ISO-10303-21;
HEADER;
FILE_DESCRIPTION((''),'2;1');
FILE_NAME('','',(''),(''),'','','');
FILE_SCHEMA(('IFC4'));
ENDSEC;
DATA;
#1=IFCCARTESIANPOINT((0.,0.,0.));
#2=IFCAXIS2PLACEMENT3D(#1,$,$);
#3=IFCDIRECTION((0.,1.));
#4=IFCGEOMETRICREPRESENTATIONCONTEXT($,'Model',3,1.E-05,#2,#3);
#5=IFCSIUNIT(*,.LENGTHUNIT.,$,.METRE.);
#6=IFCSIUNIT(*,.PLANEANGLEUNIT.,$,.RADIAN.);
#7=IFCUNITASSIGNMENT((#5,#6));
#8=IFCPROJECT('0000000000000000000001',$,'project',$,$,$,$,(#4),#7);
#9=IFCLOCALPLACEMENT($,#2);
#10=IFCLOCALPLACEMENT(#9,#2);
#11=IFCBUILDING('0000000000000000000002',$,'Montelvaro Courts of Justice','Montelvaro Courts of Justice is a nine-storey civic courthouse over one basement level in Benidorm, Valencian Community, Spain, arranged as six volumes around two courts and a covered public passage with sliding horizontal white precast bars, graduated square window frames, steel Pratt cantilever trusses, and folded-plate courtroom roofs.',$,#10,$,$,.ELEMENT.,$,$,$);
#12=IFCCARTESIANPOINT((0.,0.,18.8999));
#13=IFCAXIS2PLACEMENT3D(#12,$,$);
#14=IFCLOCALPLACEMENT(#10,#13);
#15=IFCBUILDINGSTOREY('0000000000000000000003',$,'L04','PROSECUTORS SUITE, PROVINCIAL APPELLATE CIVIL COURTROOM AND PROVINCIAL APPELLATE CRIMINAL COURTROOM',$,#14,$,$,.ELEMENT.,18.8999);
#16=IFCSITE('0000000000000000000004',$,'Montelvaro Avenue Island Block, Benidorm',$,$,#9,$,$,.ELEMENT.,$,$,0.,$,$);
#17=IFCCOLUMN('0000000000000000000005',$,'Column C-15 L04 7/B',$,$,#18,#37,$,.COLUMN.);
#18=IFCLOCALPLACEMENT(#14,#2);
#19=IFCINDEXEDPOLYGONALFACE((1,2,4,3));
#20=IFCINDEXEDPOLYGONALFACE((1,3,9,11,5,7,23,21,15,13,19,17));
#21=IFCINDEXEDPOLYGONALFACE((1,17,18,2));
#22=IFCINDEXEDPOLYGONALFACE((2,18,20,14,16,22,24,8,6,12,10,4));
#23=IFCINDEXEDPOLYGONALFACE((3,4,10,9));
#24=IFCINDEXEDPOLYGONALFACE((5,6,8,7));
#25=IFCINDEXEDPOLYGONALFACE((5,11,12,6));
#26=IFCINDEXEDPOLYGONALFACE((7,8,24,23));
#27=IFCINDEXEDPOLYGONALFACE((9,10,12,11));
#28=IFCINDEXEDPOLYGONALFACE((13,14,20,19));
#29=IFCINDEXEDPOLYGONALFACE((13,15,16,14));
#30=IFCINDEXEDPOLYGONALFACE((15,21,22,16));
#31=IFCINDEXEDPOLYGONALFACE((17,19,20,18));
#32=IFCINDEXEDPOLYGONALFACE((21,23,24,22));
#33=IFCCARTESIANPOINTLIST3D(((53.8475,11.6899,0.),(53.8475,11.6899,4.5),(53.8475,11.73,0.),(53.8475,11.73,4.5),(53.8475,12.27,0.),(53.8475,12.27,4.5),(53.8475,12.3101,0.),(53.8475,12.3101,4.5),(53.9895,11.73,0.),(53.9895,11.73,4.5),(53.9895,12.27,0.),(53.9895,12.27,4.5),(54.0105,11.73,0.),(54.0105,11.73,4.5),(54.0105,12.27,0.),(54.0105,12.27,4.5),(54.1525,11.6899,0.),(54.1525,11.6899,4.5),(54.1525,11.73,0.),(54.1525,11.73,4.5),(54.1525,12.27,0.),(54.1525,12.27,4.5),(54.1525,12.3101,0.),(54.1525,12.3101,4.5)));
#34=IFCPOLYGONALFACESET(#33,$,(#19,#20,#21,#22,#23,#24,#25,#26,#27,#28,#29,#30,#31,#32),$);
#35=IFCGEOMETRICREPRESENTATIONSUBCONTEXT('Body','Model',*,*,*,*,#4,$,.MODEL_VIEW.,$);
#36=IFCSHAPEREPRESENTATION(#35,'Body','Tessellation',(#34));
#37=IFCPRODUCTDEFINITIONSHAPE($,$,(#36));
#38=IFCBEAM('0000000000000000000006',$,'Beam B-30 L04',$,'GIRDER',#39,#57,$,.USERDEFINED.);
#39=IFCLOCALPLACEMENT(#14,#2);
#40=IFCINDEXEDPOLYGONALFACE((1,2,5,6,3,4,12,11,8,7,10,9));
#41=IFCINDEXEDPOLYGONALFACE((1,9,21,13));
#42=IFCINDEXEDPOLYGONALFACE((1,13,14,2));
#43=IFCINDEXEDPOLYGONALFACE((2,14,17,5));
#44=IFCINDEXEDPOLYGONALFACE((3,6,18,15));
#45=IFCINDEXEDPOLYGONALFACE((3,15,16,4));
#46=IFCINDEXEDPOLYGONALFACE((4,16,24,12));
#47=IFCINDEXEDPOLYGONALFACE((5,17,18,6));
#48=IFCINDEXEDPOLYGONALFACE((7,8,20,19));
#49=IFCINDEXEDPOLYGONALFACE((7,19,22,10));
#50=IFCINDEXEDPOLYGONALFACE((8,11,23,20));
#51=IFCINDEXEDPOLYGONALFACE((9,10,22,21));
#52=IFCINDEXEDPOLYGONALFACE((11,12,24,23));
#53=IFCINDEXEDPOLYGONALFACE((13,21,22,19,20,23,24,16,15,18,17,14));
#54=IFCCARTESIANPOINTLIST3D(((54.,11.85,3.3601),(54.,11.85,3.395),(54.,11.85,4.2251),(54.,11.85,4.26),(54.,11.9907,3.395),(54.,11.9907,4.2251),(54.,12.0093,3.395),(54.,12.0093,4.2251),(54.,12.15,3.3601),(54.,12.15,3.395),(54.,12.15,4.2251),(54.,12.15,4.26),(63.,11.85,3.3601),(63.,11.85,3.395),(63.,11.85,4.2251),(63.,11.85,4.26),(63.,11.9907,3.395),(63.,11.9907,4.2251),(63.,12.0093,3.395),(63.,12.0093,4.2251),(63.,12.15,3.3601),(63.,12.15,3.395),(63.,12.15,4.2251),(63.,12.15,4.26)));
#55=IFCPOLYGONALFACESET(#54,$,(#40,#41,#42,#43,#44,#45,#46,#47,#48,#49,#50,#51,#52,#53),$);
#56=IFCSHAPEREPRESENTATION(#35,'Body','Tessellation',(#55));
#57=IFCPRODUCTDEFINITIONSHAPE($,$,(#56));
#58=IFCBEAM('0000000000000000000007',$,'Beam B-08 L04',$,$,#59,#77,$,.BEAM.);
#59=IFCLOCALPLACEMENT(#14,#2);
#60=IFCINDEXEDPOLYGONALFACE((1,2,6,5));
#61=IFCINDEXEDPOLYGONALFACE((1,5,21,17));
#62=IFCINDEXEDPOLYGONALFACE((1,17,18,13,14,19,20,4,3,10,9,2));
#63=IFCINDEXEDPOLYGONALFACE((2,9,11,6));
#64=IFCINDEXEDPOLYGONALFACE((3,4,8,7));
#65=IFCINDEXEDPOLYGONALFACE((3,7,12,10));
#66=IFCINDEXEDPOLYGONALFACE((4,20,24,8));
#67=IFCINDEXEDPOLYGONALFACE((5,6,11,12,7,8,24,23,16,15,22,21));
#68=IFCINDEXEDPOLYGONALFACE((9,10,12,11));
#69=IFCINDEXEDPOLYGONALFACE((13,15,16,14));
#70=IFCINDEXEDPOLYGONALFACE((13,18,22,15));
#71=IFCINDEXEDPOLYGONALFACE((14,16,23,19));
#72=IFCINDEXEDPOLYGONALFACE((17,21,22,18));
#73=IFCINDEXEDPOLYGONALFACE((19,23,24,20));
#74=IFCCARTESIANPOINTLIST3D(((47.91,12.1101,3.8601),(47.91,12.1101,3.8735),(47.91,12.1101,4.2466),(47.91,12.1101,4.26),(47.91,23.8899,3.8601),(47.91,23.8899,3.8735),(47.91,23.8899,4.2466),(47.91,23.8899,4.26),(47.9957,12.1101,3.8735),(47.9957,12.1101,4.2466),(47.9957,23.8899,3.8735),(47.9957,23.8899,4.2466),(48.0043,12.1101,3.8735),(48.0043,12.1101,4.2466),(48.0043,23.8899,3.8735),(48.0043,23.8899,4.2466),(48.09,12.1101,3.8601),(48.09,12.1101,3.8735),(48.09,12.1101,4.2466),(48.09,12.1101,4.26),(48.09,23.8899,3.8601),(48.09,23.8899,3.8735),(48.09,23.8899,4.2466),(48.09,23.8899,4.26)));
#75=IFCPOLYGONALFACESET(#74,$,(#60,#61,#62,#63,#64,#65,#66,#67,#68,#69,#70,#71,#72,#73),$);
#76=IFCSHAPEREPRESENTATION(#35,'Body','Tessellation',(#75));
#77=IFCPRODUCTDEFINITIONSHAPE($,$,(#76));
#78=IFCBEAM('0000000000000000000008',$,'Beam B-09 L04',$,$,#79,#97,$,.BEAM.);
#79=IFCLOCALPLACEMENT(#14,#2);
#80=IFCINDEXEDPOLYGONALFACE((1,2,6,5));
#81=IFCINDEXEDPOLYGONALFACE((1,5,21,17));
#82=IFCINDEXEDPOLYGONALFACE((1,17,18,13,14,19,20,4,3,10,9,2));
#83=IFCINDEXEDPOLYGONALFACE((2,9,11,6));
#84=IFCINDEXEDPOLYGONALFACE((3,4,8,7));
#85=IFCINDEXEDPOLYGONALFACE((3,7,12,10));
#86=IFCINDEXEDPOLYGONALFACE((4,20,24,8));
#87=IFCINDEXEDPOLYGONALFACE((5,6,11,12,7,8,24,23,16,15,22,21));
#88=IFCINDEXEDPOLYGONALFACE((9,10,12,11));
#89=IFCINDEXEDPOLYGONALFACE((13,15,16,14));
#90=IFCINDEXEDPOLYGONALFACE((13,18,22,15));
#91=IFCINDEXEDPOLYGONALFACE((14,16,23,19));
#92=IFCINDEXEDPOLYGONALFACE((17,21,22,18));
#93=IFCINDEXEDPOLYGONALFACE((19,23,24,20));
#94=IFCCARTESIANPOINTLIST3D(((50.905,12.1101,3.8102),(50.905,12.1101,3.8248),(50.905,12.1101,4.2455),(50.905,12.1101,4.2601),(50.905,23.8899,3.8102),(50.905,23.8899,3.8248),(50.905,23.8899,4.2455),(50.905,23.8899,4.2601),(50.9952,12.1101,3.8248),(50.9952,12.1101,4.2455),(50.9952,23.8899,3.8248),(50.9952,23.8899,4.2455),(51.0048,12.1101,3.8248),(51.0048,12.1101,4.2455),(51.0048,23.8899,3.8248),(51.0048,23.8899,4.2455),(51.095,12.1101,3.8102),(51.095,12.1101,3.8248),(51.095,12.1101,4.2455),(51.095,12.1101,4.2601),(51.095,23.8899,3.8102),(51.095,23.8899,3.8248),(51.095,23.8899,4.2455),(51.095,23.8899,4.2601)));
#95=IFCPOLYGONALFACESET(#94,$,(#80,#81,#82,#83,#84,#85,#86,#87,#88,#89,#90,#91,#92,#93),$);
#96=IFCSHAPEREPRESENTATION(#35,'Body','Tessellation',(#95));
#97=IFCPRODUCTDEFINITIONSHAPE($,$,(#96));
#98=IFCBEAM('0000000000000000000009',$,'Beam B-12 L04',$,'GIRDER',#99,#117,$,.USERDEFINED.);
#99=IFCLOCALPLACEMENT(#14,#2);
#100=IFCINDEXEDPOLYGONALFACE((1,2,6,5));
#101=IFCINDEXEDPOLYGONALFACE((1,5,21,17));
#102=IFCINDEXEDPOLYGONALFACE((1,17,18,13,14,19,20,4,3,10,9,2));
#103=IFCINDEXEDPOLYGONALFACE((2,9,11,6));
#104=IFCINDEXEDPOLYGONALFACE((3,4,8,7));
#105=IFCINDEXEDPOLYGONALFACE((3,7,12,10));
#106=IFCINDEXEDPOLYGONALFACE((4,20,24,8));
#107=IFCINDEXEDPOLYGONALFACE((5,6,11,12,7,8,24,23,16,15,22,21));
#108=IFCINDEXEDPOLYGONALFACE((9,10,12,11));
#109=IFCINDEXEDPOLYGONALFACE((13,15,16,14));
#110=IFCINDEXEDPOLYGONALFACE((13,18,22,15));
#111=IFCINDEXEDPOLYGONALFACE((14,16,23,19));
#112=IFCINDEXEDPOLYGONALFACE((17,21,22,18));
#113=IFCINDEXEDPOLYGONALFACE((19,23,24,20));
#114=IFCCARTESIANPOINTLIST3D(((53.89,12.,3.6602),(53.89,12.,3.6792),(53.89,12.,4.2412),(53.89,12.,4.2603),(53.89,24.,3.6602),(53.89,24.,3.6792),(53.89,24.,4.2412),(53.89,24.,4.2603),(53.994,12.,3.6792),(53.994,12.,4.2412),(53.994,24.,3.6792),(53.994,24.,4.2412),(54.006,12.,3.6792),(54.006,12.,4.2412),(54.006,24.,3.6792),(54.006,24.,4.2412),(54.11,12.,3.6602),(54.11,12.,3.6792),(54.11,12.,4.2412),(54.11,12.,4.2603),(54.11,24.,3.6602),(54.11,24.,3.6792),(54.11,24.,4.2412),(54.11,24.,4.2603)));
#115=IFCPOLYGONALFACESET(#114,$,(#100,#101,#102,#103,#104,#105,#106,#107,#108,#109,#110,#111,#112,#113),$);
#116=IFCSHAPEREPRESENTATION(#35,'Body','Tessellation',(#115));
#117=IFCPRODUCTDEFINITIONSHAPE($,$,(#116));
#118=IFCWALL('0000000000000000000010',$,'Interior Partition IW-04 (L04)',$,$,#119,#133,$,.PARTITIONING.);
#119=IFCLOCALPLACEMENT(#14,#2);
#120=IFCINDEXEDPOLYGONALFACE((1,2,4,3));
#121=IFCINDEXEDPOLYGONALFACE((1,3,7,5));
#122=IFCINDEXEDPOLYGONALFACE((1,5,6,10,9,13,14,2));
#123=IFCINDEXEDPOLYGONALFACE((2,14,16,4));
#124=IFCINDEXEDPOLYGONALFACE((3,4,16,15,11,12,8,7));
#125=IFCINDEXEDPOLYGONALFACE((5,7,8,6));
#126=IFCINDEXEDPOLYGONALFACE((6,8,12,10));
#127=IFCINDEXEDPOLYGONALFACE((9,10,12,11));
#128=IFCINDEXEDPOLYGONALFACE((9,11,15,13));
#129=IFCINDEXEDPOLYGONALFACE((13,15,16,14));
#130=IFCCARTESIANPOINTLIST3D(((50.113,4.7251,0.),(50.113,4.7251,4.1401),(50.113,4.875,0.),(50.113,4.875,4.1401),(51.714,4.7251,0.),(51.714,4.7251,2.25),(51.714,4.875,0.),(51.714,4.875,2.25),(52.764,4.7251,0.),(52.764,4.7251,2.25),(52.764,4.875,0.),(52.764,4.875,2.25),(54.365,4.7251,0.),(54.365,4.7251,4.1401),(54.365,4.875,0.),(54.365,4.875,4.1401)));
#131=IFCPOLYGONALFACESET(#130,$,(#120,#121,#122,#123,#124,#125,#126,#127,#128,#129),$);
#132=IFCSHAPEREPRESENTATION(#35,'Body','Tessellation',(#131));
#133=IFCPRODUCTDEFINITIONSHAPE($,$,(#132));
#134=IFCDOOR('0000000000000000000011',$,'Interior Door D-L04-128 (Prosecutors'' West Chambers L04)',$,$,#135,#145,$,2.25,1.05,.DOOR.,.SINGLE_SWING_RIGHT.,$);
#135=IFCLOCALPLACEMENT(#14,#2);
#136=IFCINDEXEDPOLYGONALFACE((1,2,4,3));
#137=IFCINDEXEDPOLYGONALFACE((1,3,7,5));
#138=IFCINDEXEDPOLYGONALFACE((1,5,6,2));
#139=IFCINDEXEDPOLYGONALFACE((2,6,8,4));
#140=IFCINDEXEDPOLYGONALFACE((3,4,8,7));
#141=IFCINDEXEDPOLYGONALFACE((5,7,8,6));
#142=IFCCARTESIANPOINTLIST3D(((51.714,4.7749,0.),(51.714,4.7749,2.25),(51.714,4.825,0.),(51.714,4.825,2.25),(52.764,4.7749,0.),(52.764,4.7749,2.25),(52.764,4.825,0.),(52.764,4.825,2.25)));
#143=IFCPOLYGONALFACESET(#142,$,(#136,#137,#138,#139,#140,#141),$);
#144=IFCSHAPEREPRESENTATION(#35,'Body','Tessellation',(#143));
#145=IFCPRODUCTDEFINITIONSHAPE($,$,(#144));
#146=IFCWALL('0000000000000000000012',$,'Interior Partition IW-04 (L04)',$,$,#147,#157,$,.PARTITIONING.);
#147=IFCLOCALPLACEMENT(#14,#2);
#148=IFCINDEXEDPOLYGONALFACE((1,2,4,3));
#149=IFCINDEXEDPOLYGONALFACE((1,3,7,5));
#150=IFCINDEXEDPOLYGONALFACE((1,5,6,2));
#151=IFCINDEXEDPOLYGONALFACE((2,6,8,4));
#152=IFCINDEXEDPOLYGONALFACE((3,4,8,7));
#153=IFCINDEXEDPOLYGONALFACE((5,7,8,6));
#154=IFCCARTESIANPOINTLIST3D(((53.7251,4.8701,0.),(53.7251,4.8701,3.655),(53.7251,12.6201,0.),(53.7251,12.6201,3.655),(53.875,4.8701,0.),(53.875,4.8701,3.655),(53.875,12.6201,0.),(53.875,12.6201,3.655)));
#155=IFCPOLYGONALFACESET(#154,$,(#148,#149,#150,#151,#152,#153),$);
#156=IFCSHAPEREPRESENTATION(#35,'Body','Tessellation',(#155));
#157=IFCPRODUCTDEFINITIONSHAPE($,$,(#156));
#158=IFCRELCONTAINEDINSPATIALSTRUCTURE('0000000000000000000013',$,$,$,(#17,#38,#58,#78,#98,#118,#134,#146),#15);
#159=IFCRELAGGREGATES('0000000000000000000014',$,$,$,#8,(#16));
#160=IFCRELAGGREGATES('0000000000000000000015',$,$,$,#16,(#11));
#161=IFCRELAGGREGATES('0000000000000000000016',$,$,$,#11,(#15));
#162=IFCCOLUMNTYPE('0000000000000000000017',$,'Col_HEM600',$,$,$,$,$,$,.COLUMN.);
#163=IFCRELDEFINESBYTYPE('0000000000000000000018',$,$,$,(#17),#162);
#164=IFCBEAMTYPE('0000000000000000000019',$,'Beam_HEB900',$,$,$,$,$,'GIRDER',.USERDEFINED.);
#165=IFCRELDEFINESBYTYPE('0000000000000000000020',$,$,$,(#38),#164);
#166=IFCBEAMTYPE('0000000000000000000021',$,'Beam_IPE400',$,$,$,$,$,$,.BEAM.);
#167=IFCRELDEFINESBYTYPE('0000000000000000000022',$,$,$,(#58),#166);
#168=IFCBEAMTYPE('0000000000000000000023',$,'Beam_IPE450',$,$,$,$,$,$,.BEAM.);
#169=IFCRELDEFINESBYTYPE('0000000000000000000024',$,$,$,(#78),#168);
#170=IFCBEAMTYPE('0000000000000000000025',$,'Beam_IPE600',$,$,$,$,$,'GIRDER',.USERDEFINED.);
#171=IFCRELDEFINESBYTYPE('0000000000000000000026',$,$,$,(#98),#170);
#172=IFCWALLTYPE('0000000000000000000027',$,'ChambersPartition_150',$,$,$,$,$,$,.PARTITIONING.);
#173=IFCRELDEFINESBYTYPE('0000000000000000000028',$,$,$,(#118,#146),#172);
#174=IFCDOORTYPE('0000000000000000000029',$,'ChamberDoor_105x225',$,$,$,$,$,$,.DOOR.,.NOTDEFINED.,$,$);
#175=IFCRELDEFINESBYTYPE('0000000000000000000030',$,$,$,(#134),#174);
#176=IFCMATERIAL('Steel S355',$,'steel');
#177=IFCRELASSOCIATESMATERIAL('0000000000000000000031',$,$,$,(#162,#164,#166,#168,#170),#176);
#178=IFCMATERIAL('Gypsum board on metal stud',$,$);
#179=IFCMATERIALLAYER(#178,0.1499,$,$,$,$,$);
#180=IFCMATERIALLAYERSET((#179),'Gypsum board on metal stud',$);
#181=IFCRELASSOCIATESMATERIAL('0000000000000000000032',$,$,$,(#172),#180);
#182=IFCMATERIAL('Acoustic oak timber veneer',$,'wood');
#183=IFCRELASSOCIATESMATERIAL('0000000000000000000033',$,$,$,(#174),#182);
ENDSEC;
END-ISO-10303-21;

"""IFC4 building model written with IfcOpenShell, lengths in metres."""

from ifc_helpers import new_model, si_unit, direction, frame, frame_2d, origin, origin_2d, place, context, subcontext, project, spatial, rectangle, i_section, extrude, material, layer, layer_set, material_profile, profile_set, type_object, element, fill, save


model = new_model("IFC4")

# Units and contexts
model_context = context("Model", 3, precision=1e-05, world=origin(), true_north=direction((0.0, 1.0)))
body_context = subcontext(model_context, "Body", "Model", "MODEL_VIEW")
ifc_project = project(units=[si_unit("LENGTHUNIT", "METRE"), si_unit("PLANEANGLEUNIT", "RADIAN")], contexts=[model_context])

# Site, building, storey
site_placement = place(None, origin())
site = spatial("IfcSite", under=ifc_project, at=site_placement, Name="Montelvaro Avenue Island Block, Benidorm", CompositionType="ELEMENT", RefElevation=0.0)
building_placement = place(site_placement, origin())
building = spatial("IfcBuilding", under=site, at=building_placement, Name="Montelvaro Courts of Justice", Description="Montelvaro Courts of Justice is a nine-storey civic courthouse over one basement level in Benidorm, Valencian Community, Spain, arranged as six volumes around two courts and a covered public passage with sliding horizontal white precast bars, graduated square window frames, steel Pratt cantilever trusses, and folded-plate courtroom roofs.", CompositionType="ELEMENT")
storey_placement = place(building_placement, frame((0.0, 0.0, 18.8999)))
storey = spatial("IfcBuildingStorey", under=building, at=storey_placement, Name="L04", Description="PROSECUTORS SUITE, PROVINCIAL APPELLATE CIVIL COURTROOM AND PROVINCIAL APPELLATE CRIMINAL COURTROOM", CompositionType="ELEMENT", Elevation=18.8999)

# Column
ifc_material_1 = material(Name="Steel S355", Category="steel")
ifc_material_profile_1 = material_profile(ifc_material_1, i_section(OverallWidth=0.3049, OverallDepth=0.6201, WebThickness=0.021, FlangeThickness=0.04, at=origin_2d()), Name="HEM 600")
ifc_profile_set_1 = profile_set([ifc_material_profile_1], Name="Steel S355")
column_type = type_object("IfcColumnType", Name="Col_HEM600", PredefinedType="COLUMN", material=ifc_profile_set_1)
column_placement = place(storey_placement, frame((54.0, 12.0, 0.0), z_axis=(0.0, 0.0, 1.0), x_axis=(1.0, 0.0, 0.0)))
element("IfcColumn", 1, at=column_placement, inside=storey, type_object=column_type, Name="Column C-15 L04 7/B", PredefinedType="COLUMN", context=body_context, shape_type="SweptSolid", body=[
    extrude(i_section(OverallWidth=0.3049, OverallDepth=0.6201, WebThickness=0.021, FlangeThickness=0.04, at=origin_2d()), origin(), (0.0, 0.0, 1.0), 4.5),
])

# Beams
ifc_material_profile_2 = material_profile(ifc_material_1, i_section(OverallWidth=0.3, OverallDepth=0.8999, WebThickness=0.0186, FlangeThickness=0.0349, at=origin_2d()), Name="HEB 900")
ifc_profile_set_2 = profile_set([ifc_material_profile_2], Name="Steel S355")
beam_type_1 = type_object("IfcBeamType", Name="Beam_HEB900", ElementType="GIRDER", PredefinedType="USERDEFINED", material=ifc_profile_set_2)
beam_1_placement = place(storey_placement, frame((54.0, 12.0, 3.8101), z_axis=(1.0, 0.0, 0.0), x_axis=(0.0, 1.0, 0.0)))
element("IfcBeam", 2, at=beam_1_placement, inside=storey, type_object=beam_type_1, Name="Beam B-30 L04", ObjectType="GIRDER", PredefinedType="USERDEFINED", context=body_context, shape_type="SweptSolid", body=[
    extrude(i_section(OverallWidth=0.3, OverallDepth=0.8999, WebThickness=0.0186, FlangeThickness=0.0349, at=origin_2d()), origin(), (0.0, 0.0, 1.0), 9.0),
])
ifc_material_profile_3 = material_profile(ifc_material_1, i_section(OverallWidth=0.1799, OverallDepth=0.3999, WebThickness=0.0085, FlangeThickness=0.0134, at=origin_2d()), Name="IPE 400")
ifc_profile_set_3 = profile_set([ifc_material_profile_3], Name="Steel S355")
beam_type_2 = type_object("IfcBeamType", Name="Beam_IPE400", PredefinedType="BEAM", material=ifc_profile_set_3)
beam_2_placement = place(storey_placement, frame((48.0, 12.1101, 4.0601), z_axis=(0.0, 1.0, 0.0), x_axis=(-1.0, 0.0, 0.0)))
element("IfcBeam", 3, at=beam_2_placement, inside=storey, type_object=beam_type_2, Name="Beam B-08 L04", PredefinedType="BEAM", context=body_context, shape_type="SweptSolid", body=[
    extrude(i_section(OverallWidth=0.1799, OverallDepth=0.3999, WebThickness=0.0085, FlangeThickness=0.0134, at=origin_2d()), origin(), (0.0, 0.0, 1.0), 11.7798),
])
ifc_material_profile_4 = material_profile(ifc_material_1, i_section(OverallWidth=0.1899, OverallDepth=0.45, WebThickness=0.0095, FlangeThickness=0.0146, at=origin_2d()), Name="IPE 450")
ifc_profile_set_4 = profile_set([ifc_material_profile_4], Name="Steel S355")
beam_type_3 = type_object("IfcBeamType", Name="Beam_IPE450", PredefinedType="BEAM", material=ifc_profile_set_4)
beam_3_placement = place(storey_placement, frame((51.0, 12.1101, 4.0352), z_axis=(0.0, 1.0, 0.0), x_axis=(-1.0, 0.0, 0.0)))
element("IfcBeam", 4, at=beam_3_placement, inside=storey, type_object=beam_type_3, Name="Beam B-09 L04", PredefinedType="BEAM", context=body_context, shape_type="SweptSolid", body=[
    extrude(i_section(OverallWidth=0.1899, OverallDepth=0.45, WebThickness=0.0095, FlangeThickness=0.0146, at=origin_2d()), origin(), (0.0, 0.0, 1.0), 11.7798),
])
ifc_material_profile_5 = material_profile(ifc_material_1, i_section(OverallWidth=0.22, OverallDepth=0.6001, WebThickness=0.012, FlangeThickness=0.019, at=origin_2d()), Name="IPE 600")
ifc_profile_set_5 = profile_set([ifc_material_profile_5], Name="Steel S355")
beam_type_4 = type_object("IfcBeamType", Name="Beam_IPE600", ElementType="GIRDER", PredefinedType="USERDEFINED", material=ifc_profile_set_5)
beam_4_placement = place(storey_placement, frame((54.0, 12.0, 3.9602), z_axis=(0.0, 1.0, 0.0), x_axis=(-1.0, 0.0, 0.0)))
element("IfcBeam", 5, at=beam_4_placement, inside=storey, type_object=beam_type_4, Name="Beam B-12 L04", ObjectType="GIRDER", PredefinedType="USERDEFINED", context=body_context, shape_type="SweptSolid", body=[
    extrude(i_section(OverallWidth=0.22, OverallDepth=0.6001, WebThickness=0.012, FlangeThickness=0.019, at=origin_2d()), origin(), (0.0, 0.0, 1.0), 12.0),
])

# Wall, opening, door
ifc_material_2 = material(Name="Gypsum board on metal stud")
ifc_layer_1 = layer(ifc_material_2, 0.1499)
ifc_layer_set_1 = layer_set([ifc_layer_1], Name="Gypsum board on metal stud")
wall_type_1 = type_object("IfcWallType", Name="ChambersPartition_150", PredefinedType="PARTITIONING", material=ifc_layer_set_1)
wall_1_placement = place(storey_placement, frame((50.113, 4.8, 0.0), z_axis=(0.0, 0.0, 1.0), x_axis=(1.0, 0.0, 0.0)))
wall_1 = element("IfcWall", 6, at=wall_1_placement, inside=storey, type_object=wall_type_1, Name="Interior Partition IW-04 (L04)", PredefinedType="PARTITIONING", context=body_context, shape_type="SweptSolid", body=[
    extrude(rectangle(XDim=4.252, YDim=0.1499, at=frame_2d((2.126, 0.0))), origin(), (0.0, 0.0, 1.0), 4.1401),
])
opening_1_placement = place(wall_1_placement, frame((1.6011, 0.0, 0.0)))
opening_1 = element("IfcOpeningElement", 7, at=opening_1_placement, cuts=wall_1, PredefinedType="OPENING", context=body_context, shape_type="SweptSolid", body=[
    extrude(rectangle(XDim=1.05, YDim=2.25, at=frame_2d((0.5249, 1.125))), frame((0.0, 0.0898, 0.0), z_axis=(0.0, -1.0, 0.0), x_axis=(1.0, 0.0, 0.0)), (0.0, 0.0, 1.0), 0.1797),
])
ifc_material_3 = material(Name="Acoustic oak timber veneer", Category="wood")
door_type = type_object("IfcDoorType", Name="ChamberDoor_105x225", OperationType="NOTDEFINED", PredefinedType="DOOR", material=ifc_material_3)
door_placement = place(opening_1_placement, origin())
door = element("IfcDoor", 8, at=door_placement, inside=storey, type_object=door_type, Name="Interior Door D-L04-128 (Prosecutors' West Chambers L04)", OperationType="SINGLE_SWING_RIGHT", OverallHeight=2.25, OverallWidth=1.05, PredefinedType="DOOR", context=body_context, shape_type="SweptSolid", body=[
    extrude(rectangle(XDim=1.05, YDim=2.25, at=frame_2d((0.5249, 1.125))), frame((0.0, 0.0249, 0.0), z_axis=(0.0, -1.0, 0.0), x_axis=(1.0, 0.0, 0.0)), (0.0, 0.0, 1.0), 0.05),
])
fill(opening_1, door)

# Wall
wall_2_placement = place(storey_placement, frame((53.8, 12.6201, 0.0), z_axis=(0.0, 0.0, 1.0), x_axis=(0.0, -1.0, 0.0)))
element("IfcWall", 9, at=wall_2_placement, inside=storey, type_object=wall_type_1, Name="Interior Partition IW-04 (L04)", PredefinedType="PARTITIONING", context=body_context, shape_type="SweptSolid", body=[
    extrude(rectangle(XDim=7.75, YDim=0.1499, at=frame_2d((3.875, 0.0))), origin(), (0.0, 0.0, 1.0), 3.655),
])

save(model, "model.ifc")
